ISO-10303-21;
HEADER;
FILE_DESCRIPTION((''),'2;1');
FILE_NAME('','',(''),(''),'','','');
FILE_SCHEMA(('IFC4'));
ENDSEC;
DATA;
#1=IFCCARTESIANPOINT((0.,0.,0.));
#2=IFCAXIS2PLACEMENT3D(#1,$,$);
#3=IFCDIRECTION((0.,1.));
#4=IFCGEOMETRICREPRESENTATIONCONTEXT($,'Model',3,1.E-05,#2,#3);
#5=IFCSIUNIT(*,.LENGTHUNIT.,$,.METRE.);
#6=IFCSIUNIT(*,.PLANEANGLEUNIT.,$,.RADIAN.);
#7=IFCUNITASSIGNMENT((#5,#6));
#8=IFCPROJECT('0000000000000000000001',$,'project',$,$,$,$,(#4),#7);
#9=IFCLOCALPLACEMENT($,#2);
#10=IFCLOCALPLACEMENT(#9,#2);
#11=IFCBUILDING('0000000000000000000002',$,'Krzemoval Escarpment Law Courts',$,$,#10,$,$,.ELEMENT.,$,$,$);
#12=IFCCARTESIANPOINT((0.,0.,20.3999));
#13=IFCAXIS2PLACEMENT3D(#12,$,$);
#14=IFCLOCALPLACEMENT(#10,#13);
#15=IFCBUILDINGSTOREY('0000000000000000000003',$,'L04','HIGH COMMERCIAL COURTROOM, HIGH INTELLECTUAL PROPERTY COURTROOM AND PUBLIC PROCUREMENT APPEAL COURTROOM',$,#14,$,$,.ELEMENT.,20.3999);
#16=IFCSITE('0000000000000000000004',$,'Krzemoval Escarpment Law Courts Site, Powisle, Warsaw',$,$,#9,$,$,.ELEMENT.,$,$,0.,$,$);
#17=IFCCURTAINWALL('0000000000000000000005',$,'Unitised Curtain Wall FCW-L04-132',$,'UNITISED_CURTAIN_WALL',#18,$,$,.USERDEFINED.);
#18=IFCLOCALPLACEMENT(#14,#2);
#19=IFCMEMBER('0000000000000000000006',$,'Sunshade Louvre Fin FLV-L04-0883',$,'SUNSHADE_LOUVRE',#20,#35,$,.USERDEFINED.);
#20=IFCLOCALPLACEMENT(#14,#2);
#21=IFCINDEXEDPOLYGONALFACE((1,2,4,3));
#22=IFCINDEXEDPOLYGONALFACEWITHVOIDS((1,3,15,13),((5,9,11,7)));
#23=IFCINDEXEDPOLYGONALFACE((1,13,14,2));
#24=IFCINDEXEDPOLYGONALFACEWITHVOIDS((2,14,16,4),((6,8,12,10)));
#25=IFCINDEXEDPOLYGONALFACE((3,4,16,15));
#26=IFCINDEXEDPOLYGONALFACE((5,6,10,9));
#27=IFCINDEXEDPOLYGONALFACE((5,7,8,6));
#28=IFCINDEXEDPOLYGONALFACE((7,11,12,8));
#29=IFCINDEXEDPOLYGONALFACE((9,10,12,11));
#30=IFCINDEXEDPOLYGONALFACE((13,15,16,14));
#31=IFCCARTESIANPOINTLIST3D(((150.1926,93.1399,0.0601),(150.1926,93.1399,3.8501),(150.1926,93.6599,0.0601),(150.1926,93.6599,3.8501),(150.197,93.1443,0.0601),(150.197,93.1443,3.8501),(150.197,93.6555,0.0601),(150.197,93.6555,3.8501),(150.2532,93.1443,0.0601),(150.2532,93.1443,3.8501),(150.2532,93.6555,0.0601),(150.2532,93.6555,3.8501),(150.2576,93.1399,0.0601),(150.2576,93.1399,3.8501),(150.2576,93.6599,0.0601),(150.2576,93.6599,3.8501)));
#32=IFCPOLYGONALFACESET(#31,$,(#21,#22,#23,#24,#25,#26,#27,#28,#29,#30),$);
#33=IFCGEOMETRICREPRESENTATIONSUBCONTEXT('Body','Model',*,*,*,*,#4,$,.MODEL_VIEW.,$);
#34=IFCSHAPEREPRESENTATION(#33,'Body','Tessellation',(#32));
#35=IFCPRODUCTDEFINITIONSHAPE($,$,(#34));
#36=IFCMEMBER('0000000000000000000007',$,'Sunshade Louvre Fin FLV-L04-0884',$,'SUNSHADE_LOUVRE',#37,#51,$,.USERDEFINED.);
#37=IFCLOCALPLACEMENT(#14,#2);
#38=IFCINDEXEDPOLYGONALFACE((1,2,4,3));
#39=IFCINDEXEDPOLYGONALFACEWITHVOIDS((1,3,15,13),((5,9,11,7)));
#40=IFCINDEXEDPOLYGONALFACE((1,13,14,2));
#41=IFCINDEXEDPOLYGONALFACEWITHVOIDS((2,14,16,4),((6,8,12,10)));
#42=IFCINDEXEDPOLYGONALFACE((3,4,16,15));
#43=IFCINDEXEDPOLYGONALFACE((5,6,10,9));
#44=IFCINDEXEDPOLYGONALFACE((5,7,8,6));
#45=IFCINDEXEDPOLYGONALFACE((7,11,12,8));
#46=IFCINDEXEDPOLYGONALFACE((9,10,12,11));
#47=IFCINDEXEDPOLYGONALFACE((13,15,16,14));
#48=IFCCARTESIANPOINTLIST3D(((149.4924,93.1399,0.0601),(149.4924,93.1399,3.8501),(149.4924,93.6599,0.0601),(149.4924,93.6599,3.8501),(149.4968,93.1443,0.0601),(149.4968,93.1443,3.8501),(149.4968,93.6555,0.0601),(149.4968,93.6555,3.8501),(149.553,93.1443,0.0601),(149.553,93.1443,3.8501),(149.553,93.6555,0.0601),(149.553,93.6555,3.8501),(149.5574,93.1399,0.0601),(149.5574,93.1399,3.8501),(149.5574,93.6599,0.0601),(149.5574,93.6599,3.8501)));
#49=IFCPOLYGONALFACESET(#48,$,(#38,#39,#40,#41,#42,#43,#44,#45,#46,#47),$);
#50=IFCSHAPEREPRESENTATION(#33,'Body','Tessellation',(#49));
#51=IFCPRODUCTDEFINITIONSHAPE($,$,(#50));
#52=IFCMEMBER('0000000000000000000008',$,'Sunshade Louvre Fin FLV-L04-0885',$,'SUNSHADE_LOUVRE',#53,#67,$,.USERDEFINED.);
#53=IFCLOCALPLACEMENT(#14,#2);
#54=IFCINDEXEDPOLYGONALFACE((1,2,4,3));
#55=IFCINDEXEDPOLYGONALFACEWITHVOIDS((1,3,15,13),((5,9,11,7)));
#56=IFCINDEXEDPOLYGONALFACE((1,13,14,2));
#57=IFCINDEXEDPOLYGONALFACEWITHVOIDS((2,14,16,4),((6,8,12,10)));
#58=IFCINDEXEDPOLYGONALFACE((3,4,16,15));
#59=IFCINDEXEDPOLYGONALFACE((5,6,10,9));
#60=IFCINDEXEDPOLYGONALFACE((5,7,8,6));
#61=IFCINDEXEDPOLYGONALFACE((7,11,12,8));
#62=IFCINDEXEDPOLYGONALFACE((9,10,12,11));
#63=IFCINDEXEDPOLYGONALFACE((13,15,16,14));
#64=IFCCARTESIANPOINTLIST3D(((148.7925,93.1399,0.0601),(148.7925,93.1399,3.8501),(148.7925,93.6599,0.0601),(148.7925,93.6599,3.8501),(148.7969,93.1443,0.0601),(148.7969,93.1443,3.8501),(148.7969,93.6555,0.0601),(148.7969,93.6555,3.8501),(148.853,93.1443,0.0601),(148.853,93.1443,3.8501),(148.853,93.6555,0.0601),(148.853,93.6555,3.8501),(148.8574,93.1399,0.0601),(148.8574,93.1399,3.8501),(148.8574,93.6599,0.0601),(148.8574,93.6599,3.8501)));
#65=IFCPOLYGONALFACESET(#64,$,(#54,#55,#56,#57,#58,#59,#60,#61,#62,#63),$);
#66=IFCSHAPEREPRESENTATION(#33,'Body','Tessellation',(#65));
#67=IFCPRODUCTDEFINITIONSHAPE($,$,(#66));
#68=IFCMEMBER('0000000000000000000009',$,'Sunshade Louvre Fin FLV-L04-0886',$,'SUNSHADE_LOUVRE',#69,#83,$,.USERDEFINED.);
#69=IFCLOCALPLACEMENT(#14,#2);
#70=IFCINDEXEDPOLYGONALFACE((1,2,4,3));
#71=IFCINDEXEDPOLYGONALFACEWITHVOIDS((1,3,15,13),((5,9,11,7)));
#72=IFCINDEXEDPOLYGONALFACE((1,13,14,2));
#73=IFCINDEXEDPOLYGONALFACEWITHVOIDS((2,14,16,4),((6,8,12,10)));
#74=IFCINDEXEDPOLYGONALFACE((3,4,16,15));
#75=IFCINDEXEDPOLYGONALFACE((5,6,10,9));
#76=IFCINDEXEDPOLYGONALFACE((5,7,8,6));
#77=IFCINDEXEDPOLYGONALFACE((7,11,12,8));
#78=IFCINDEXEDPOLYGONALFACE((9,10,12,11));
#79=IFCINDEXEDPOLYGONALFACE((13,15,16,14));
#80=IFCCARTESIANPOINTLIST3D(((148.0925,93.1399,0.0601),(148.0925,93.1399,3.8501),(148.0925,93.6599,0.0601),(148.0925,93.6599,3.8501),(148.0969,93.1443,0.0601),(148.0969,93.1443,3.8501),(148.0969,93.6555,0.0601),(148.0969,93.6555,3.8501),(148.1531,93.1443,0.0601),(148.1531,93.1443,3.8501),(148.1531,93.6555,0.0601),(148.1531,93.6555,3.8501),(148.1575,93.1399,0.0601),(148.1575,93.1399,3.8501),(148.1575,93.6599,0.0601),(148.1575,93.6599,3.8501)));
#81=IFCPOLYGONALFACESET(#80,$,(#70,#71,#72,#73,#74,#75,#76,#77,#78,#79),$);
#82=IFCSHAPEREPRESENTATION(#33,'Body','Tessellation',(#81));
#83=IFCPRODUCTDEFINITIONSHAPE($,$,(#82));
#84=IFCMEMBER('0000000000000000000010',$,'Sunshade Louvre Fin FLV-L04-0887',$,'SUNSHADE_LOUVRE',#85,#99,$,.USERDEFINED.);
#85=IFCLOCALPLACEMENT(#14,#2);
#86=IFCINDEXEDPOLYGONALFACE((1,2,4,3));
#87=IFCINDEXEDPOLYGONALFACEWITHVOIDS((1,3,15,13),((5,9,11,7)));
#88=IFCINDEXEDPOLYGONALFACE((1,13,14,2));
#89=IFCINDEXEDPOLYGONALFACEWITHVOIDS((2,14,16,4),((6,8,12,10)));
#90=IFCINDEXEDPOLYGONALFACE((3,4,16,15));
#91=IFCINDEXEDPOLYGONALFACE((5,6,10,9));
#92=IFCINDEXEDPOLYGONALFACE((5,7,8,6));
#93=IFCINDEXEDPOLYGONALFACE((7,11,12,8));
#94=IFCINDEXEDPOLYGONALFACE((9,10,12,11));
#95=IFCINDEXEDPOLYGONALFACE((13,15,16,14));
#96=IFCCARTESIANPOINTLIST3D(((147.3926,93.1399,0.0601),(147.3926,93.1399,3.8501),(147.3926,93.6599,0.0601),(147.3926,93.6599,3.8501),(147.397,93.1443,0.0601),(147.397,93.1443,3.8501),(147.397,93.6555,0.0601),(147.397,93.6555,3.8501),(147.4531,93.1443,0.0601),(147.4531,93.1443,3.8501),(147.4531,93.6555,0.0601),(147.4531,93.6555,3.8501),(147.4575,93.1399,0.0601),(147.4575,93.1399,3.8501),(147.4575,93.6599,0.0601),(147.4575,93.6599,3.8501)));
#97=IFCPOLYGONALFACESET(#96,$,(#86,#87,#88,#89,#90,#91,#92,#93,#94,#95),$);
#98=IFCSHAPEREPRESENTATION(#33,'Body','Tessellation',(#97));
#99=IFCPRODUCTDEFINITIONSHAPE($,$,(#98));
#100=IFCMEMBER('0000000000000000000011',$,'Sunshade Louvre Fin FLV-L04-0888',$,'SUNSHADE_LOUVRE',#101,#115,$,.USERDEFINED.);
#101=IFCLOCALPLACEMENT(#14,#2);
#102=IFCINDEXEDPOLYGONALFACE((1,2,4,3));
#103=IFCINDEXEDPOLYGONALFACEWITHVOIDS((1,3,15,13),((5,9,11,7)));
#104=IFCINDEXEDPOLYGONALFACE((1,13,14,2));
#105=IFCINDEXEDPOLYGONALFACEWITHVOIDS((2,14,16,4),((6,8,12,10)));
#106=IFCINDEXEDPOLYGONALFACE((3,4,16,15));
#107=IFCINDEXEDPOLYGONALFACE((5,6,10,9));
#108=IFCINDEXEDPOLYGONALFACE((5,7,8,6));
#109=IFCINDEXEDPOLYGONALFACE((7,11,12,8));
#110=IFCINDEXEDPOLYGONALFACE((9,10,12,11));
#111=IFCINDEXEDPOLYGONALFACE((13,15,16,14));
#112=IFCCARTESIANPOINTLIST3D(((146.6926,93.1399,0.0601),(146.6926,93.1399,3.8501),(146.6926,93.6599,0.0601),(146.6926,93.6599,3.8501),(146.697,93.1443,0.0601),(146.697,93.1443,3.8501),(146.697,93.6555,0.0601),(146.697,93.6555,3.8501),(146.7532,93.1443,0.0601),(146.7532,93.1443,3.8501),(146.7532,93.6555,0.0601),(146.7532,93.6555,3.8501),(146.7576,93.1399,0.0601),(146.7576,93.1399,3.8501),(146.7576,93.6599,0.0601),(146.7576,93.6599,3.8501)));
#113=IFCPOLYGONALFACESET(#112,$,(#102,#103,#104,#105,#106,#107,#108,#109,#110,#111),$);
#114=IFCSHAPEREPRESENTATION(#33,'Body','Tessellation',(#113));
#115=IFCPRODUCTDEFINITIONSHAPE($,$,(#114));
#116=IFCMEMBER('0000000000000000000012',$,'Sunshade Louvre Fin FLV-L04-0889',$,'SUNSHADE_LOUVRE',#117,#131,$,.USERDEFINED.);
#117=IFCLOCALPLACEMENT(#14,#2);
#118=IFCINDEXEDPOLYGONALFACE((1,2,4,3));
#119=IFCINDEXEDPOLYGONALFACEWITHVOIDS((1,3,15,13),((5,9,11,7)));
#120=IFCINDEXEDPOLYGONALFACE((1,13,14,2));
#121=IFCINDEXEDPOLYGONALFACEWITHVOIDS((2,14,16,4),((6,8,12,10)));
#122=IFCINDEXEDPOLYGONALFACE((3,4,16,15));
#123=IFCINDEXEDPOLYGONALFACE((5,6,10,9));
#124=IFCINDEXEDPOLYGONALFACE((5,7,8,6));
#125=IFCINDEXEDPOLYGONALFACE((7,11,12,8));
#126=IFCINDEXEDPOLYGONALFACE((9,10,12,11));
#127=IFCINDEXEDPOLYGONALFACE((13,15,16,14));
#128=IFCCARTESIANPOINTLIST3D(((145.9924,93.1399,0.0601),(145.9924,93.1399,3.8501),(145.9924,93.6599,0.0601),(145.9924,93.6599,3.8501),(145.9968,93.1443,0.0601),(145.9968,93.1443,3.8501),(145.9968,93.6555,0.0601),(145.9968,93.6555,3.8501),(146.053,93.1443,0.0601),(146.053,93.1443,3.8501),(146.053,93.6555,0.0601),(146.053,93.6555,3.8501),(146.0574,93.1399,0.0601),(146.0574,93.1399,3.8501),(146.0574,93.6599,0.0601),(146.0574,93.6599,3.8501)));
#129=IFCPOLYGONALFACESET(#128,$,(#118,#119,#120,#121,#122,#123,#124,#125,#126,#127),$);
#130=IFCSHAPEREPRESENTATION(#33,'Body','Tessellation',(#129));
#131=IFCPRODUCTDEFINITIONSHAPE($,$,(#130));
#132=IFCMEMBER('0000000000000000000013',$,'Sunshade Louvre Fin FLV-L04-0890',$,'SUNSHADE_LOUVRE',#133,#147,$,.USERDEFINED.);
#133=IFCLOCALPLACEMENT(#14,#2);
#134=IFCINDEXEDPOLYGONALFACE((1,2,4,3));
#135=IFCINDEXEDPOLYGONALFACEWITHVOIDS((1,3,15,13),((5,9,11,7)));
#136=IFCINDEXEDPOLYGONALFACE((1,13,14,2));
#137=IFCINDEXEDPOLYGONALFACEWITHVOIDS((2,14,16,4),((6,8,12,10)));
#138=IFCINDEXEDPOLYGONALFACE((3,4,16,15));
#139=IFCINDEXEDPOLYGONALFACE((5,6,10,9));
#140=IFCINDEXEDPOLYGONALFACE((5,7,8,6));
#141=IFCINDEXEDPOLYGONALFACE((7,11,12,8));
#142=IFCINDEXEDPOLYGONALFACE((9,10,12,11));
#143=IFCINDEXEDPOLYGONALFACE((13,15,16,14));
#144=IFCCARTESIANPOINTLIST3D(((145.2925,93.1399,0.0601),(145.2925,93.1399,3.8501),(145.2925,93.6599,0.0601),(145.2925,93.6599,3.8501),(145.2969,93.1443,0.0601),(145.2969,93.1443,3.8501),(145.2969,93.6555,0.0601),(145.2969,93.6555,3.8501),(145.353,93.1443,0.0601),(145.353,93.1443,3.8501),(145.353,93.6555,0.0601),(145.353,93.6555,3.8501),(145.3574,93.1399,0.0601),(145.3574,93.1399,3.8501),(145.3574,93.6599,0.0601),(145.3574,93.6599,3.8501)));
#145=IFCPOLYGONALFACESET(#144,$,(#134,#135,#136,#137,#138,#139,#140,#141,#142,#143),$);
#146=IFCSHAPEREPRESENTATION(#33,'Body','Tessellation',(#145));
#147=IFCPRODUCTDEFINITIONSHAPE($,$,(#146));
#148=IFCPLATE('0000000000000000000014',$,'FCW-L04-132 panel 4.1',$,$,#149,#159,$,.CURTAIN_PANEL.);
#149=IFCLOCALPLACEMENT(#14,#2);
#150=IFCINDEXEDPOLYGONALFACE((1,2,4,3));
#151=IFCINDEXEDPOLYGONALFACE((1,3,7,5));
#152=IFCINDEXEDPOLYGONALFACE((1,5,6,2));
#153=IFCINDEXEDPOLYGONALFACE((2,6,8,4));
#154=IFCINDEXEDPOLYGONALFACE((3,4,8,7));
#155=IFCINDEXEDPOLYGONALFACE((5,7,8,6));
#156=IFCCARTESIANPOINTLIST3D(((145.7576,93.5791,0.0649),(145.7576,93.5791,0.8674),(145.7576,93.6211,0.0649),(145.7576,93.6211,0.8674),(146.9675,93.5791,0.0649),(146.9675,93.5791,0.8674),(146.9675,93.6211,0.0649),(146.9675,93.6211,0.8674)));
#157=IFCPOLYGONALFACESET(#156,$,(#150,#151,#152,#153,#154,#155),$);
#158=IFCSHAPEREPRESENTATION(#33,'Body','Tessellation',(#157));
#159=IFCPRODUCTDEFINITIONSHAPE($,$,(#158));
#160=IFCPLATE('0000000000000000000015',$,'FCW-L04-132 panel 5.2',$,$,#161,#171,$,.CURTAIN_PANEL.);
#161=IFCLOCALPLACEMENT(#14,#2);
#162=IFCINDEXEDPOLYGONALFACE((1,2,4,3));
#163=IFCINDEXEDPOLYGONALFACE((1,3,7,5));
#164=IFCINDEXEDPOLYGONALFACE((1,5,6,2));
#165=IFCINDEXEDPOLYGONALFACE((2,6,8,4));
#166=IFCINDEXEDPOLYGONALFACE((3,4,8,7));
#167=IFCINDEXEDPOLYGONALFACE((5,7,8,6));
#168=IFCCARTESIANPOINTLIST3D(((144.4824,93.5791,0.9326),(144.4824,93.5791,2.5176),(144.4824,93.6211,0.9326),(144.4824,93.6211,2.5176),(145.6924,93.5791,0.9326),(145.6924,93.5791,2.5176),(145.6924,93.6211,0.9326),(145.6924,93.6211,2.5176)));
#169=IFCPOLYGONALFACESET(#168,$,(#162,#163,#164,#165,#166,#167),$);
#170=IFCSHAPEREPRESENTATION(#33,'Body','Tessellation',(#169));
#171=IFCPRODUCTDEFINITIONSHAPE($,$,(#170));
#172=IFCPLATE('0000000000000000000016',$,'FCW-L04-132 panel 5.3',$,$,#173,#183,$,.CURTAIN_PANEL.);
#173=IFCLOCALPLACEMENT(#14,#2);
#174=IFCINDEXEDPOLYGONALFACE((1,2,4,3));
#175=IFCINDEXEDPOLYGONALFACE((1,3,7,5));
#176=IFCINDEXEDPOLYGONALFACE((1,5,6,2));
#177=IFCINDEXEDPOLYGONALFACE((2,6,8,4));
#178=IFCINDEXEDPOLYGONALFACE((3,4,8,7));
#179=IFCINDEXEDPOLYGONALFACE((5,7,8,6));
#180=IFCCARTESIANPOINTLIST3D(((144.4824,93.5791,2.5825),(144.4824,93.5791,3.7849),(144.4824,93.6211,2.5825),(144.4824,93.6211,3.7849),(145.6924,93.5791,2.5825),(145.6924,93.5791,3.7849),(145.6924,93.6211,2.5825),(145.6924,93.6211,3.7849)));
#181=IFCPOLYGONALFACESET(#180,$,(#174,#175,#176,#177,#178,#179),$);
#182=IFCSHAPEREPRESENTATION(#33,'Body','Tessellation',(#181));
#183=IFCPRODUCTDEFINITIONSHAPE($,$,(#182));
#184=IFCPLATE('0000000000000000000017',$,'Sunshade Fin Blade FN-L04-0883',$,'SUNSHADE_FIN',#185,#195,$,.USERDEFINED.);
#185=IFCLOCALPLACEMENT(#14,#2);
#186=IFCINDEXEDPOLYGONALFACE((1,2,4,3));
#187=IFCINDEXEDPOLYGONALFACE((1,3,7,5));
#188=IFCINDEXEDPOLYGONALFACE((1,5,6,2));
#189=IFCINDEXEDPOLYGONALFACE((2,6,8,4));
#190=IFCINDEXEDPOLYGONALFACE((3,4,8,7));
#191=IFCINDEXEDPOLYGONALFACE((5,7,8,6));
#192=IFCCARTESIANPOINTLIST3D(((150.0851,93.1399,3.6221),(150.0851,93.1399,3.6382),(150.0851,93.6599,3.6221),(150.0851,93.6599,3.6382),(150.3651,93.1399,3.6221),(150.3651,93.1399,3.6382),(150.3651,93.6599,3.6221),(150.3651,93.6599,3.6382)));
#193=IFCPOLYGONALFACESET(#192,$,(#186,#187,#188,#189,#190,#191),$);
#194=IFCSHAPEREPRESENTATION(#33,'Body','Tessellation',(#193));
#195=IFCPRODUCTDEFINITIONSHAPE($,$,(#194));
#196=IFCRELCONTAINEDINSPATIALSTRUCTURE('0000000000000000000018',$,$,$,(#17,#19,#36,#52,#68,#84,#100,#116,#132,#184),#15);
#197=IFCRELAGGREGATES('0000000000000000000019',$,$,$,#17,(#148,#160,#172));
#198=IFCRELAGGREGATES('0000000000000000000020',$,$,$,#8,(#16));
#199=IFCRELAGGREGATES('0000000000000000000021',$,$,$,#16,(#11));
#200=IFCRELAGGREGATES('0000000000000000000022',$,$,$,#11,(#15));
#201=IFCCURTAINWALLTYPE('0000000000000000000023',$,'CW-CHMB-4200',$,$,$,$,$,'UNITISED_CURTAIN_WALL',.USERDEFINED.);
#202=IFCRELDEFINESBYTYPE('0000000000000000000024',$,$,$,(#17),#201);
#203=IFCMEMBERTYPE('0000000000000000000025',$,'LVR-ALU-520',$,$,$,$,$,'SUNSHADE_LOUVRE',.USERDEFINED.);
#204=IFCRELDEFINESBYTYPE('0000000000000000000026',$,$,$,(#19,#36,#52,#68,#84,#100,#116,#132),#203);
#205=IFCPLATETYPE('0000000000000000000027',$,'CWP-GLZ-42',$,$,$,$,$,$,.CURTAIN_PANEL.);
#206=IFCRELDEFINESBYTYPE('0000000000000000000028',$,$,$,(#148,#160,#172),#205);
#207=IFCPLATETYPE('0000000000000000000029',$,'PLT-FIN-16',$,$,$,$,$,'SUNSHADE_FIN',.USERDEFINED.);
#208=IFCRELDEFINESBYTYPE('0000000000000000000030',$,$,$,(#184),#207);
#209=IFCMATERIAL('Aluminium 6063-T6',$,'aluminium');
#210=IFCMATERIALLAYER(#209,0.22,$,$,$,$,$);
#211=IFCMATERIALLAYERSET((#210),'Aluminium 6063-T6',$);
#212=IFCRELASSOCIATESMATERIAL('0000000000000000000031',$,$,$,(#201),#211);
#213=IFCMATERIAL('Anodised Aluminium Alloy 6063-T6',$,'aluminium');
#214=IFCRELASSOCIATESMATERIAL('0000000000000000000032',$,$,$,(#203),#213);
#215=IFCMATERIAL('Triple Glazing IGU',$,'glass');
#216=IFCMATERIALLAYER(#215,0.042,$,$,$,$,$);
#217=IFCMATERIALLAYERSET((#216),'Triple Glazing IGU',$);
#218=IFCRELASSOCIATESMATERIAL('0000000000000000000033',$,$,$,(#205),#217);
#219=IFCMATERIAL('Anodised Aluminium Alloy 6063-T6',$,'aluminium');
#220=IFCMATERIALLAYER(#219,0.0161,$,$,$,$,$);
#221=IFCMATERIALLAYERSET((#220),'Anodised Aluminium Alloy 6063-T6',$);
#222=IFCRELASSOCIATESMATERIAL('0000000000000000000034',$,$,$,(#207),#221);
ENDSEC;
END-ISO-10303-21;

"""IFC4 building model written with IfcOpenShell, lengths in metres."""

from ifc_helpers import new_model, si_unit, direction, frame, origin, origin_2d, place, context, subcontext, project, spatial, rectangle, hollow_rectangle, extrude, material, layer, layer_set, material_profile, profile_set, type_object, element, aggregate, save


model = new_model("IFC4")

# Units and contexts
model_context = context("Model", 3, precision=1e-05, world=origin(), true_north=direction((0.0, 1.0)))
body_context = subcontext(model_context, "Body", "Model", "MODEL_VIEW")
ifc_project = project(units=[si_unit("LENGTHUNIT", "METRE"), si_unit("PLANEANGLEUNIT", "RADIAN")], contexts=[model_context])

# Site, building, storey
site_placement = place(None, origin())
site = spatial("IfcSite", under=ifc_project, at=site_placement, Name="Krzemoval Escarpment Law Courts Site, Powisle, Warsaw", CompositionType="ELEMENT", RefElevation=0.0)
building_placement = place(site_placement, origin())
building = spatial("IfcBuilding", under=site, at=building_placement, Name="Krzemoval Escarpment Law Courts", CompositionType="ELEMENT")
storey_placement = place(building_placement, frame((0.0, 0.0, 20.3999)))
storey = spatial("IfcBuildingStorey", under=building, at=storey_placement, Name="L04", Description="HIGH COMMERCIAL COURTROOM, HIGH INTELLECTUAL PROPERTY COURTROOM AND PUBLIC PROCUREMENT APPEAL COURTROOM", CompositionType="ELEMENT", Elevation=20.3999)

# Curtain wall
ifc_material_1 = material(Name="Aluminium 6063-T6", Category="aluminium")
ifc_layer_1 = layer(ifc_material_1, 0.22)
ifc_layer_set_1 = layer_set([ifc_layer_1], Name="Aluminium 6063-T6")
curtain_wall_type = type_object("IfcCurtainWallType", Name="CW-CHMB-4200", ElementType="UNITISED_CURTAIN_WALL", PredefinedType="USERDEFINED", material=ifc_layer_set_1)
curtain_wall_placement = place(storey_placement, origin())
curtain_wall = element("IfcCurtainWall", 1, at=curtain_wall_placement, inside=storey, type_object=curtain_wall_type, Name="Unitised Curtain Wall FCW-L04-132", ObjectType="UNITISED_CURTAIN_WALL", PredefinedType="USERDEFINED")

# Members
ifc_material_2 = material(Name="Anodised Aluminium Alloy 6063-T6", Category="aluminium")
ifc_material_profile_1 = material_profile(ifc_material_2, hollow_rectangle(XDim=0.0649, YDim=0.52, WallThickness=0.0044, at=origin_2d()), Name="ALU LVR 65x520")
ifc_profile_set_1 = profile_set([ifc_material_profile_1], Name="Anodised Aluminium Alloy 6063-T6")
member_type_1 = type_object("IfcMemberType", Name="LVR-ALU-520", ElementType="SUNSHADE_LOUVRE", PredefinedType="USERDEFINED", material=ifc_profile_set_1)
for number, where, z_axis, x_axis, name in (
    (2, (150.2251, 93.3999, 0.0601), (0.0, 0.0, 1.0), (1.0, 0.0, 0.0), "Sunshade Louvre Fin FLV-L04-0883"),
    (3, (149.5249, 93.3999, 0.0601), (0.0, 0.0, 1.0), (1.0, 0.0, 0.0), "Sunshade Louvre Fin FLV-L04-0884"),
    (4, (148.825, 93.3999, 0.0601), (0.0, 0.0, 1.0), (1.0, 0.0, 0.0), "Sunshade Louvre Fin FLV-L04-0885"),
    (5, (148.125, 93.3999, 0.0601), (0.0, 0.0, 1.0), (1.0, 0.0, 0.0), "Sunshade Louvre Fin FLV-L04-0886"),
    (6, (147.425, 93.3999, 0.0601), (0.0, 0.0, 1.0), (1.0, 0.0, 0.0), "Sunshade Louvre Fin FLV-L04-0887"),
    (7, (146.7251, 93.3999, 0.0601), (0.0, 0.0, 1.0), (1.0, 0.0, 0.0), "Sunshade Louvre Fin FLV-L04-0888"),
    (8, (146.0249, 93.3999, 0.0601), (0.0, 0.0, 1.0), (1.0, 0.0, 0.0), "Sunshade Louvre Fin FLV-L04-0889"),
    (9, (145.325, 93.3999, 0.0601), (0.0, 0.0, 1.0), (1.0, 0.0, 0.0), "Sunshade Louvre Fin FLV-L04-0890"),
):
    element("IfcMember", number, at=place(storey_placement, frame(where, z_axis=z_axis, x_axis=x_axis)), inside=storey, type_object=member_type_1, Name=name, ObjectType="SUNSHADE_LOUVRE", PredefinedType="USERDEFINED", context=body_context, shape_type="SweptSolid", body=[
        extrude(hollow_rectangle(XDim=0.0649, YDim=0.52, WallThickness=0.0044, at=origin_2d()), origin(), (0.0, 0.0, 1.0), 3.79),
    ])

# Plates
ifc_material_3 = material(Name="Triple Glazing IGU", Category="glass")
ifc_layer_2 = layer(ifc_material_3, 0.042)
ifc_layer_set_2 = layer_set([ifc_layer_2], Name="Triple Glazing IGU")
plate_type_1 = type_object("IfcPlateType", Name="CWP-GLZ-42", PredefinedType="CURTAIN_PANEL", material=ifc_layer_set_2)
plate_1_placement = place(storey_placement, frame((146.3625, 93.6001, 0.0649), z_axis=(0.0, 0.0, 1.0), x_axis=(-1.0, 0.0, 0.0)))
plate_1 = element("IfcPlate", 10, at=plate_1_placement, type_object=plate_type_1, Name="FCW-L04-132 panel 4.1", PredefinedType="CURTAIN_PANEL", context=body_context, shape_type="SweptSolid", body=[
    extrude(rectangle(XDim=1.21, YDim=0.042, at=origin_2d()), origin(), (0.0, 0.0, 1.0), 0.8025),
])
plate_2_placement = place(storey_placement, frame((145.0874, 93.6001, 0.9326), z_axis=(0.0, 0.0, 1.0), x_axis=(-1.0, 0.0, 0.0)))
plate_2 = element("IfcPlate", 11, at=plate_2_placement, type_object=plate_type_1, Name="FCW-L04-132 panel 5.2", PredefinedType="CURTAIN_PANEL", context=body_context, shape_type="SweptSolid", body=[
    extrude(rectangle(XDim=1.21, YDim=0.042, at=origin_2d()), origin(), (0.0, 0.0, 1.0), 1.585),
])
plate_3_placement = place(storey_placement, frame((145.0874, 93.6001, 2.5825), z_axis=(0.0, 0.0, 1.0), x_axis=(-1.0, 0.0, 0.0)))
plate_3 = element("IfcPlate", 12, at=plate_3_placement, type_object=plate_type_1, Name="FCW-L04-132 panel 5.3", PredefinedType="CURTAIN_PANEL", context=body_context, shape_type="SweptSolid", body=[
    extrude(rectangle(XDim=1.21, YDim=0.042, at=origin_2d()), origin(), (0.0, 0.0, 1.0), 1.2024),
])
aggregate(curtain_wall, [plate_1, plate_2, plate_3])
ifc_material_4 = material(Name="Anodised Aluminium Alloy 6063-T6", Category="aluminium")
ifc_layer_3 = layer(ifc_material_4, 0.0161)
ifc_layer_set_3 = layer_set([ifc_layer_3], Name="Anodised Aluminium Alloy 6063-T6")
plate_type_2 = type_object("IfcPlateType", Name="PLT-FIN-16", ElementType="SUNSHADE_FIN", PredefinedType="USERDEFINED", material=ifc_layer_set_3)
plate_4_placement = place(storey_placement, frame((150.2251, 93.3999, 3.6221), z_axis=(0.0, 0.0, 1.0), x_axis=(0.0, -1.0, 0.0)))
element("IfcPlate", 13, at=plate_4_placement, inside=storey, type_object=plate_type_2, Name="Sunshade Fin Blade FN-L04-0883", ObjectType="SUNSHADE_FIN", PredefinedType="USERDEFINED", context=body_context, shape_type="SweptSolid", body=[
    extrude(rectangle(XDim=0.52, YDim=0.28, at=origin_2d()), origin(), (0.0, 0.0, 1.0), 0.0161),
])

save(model, "model.ifc")
